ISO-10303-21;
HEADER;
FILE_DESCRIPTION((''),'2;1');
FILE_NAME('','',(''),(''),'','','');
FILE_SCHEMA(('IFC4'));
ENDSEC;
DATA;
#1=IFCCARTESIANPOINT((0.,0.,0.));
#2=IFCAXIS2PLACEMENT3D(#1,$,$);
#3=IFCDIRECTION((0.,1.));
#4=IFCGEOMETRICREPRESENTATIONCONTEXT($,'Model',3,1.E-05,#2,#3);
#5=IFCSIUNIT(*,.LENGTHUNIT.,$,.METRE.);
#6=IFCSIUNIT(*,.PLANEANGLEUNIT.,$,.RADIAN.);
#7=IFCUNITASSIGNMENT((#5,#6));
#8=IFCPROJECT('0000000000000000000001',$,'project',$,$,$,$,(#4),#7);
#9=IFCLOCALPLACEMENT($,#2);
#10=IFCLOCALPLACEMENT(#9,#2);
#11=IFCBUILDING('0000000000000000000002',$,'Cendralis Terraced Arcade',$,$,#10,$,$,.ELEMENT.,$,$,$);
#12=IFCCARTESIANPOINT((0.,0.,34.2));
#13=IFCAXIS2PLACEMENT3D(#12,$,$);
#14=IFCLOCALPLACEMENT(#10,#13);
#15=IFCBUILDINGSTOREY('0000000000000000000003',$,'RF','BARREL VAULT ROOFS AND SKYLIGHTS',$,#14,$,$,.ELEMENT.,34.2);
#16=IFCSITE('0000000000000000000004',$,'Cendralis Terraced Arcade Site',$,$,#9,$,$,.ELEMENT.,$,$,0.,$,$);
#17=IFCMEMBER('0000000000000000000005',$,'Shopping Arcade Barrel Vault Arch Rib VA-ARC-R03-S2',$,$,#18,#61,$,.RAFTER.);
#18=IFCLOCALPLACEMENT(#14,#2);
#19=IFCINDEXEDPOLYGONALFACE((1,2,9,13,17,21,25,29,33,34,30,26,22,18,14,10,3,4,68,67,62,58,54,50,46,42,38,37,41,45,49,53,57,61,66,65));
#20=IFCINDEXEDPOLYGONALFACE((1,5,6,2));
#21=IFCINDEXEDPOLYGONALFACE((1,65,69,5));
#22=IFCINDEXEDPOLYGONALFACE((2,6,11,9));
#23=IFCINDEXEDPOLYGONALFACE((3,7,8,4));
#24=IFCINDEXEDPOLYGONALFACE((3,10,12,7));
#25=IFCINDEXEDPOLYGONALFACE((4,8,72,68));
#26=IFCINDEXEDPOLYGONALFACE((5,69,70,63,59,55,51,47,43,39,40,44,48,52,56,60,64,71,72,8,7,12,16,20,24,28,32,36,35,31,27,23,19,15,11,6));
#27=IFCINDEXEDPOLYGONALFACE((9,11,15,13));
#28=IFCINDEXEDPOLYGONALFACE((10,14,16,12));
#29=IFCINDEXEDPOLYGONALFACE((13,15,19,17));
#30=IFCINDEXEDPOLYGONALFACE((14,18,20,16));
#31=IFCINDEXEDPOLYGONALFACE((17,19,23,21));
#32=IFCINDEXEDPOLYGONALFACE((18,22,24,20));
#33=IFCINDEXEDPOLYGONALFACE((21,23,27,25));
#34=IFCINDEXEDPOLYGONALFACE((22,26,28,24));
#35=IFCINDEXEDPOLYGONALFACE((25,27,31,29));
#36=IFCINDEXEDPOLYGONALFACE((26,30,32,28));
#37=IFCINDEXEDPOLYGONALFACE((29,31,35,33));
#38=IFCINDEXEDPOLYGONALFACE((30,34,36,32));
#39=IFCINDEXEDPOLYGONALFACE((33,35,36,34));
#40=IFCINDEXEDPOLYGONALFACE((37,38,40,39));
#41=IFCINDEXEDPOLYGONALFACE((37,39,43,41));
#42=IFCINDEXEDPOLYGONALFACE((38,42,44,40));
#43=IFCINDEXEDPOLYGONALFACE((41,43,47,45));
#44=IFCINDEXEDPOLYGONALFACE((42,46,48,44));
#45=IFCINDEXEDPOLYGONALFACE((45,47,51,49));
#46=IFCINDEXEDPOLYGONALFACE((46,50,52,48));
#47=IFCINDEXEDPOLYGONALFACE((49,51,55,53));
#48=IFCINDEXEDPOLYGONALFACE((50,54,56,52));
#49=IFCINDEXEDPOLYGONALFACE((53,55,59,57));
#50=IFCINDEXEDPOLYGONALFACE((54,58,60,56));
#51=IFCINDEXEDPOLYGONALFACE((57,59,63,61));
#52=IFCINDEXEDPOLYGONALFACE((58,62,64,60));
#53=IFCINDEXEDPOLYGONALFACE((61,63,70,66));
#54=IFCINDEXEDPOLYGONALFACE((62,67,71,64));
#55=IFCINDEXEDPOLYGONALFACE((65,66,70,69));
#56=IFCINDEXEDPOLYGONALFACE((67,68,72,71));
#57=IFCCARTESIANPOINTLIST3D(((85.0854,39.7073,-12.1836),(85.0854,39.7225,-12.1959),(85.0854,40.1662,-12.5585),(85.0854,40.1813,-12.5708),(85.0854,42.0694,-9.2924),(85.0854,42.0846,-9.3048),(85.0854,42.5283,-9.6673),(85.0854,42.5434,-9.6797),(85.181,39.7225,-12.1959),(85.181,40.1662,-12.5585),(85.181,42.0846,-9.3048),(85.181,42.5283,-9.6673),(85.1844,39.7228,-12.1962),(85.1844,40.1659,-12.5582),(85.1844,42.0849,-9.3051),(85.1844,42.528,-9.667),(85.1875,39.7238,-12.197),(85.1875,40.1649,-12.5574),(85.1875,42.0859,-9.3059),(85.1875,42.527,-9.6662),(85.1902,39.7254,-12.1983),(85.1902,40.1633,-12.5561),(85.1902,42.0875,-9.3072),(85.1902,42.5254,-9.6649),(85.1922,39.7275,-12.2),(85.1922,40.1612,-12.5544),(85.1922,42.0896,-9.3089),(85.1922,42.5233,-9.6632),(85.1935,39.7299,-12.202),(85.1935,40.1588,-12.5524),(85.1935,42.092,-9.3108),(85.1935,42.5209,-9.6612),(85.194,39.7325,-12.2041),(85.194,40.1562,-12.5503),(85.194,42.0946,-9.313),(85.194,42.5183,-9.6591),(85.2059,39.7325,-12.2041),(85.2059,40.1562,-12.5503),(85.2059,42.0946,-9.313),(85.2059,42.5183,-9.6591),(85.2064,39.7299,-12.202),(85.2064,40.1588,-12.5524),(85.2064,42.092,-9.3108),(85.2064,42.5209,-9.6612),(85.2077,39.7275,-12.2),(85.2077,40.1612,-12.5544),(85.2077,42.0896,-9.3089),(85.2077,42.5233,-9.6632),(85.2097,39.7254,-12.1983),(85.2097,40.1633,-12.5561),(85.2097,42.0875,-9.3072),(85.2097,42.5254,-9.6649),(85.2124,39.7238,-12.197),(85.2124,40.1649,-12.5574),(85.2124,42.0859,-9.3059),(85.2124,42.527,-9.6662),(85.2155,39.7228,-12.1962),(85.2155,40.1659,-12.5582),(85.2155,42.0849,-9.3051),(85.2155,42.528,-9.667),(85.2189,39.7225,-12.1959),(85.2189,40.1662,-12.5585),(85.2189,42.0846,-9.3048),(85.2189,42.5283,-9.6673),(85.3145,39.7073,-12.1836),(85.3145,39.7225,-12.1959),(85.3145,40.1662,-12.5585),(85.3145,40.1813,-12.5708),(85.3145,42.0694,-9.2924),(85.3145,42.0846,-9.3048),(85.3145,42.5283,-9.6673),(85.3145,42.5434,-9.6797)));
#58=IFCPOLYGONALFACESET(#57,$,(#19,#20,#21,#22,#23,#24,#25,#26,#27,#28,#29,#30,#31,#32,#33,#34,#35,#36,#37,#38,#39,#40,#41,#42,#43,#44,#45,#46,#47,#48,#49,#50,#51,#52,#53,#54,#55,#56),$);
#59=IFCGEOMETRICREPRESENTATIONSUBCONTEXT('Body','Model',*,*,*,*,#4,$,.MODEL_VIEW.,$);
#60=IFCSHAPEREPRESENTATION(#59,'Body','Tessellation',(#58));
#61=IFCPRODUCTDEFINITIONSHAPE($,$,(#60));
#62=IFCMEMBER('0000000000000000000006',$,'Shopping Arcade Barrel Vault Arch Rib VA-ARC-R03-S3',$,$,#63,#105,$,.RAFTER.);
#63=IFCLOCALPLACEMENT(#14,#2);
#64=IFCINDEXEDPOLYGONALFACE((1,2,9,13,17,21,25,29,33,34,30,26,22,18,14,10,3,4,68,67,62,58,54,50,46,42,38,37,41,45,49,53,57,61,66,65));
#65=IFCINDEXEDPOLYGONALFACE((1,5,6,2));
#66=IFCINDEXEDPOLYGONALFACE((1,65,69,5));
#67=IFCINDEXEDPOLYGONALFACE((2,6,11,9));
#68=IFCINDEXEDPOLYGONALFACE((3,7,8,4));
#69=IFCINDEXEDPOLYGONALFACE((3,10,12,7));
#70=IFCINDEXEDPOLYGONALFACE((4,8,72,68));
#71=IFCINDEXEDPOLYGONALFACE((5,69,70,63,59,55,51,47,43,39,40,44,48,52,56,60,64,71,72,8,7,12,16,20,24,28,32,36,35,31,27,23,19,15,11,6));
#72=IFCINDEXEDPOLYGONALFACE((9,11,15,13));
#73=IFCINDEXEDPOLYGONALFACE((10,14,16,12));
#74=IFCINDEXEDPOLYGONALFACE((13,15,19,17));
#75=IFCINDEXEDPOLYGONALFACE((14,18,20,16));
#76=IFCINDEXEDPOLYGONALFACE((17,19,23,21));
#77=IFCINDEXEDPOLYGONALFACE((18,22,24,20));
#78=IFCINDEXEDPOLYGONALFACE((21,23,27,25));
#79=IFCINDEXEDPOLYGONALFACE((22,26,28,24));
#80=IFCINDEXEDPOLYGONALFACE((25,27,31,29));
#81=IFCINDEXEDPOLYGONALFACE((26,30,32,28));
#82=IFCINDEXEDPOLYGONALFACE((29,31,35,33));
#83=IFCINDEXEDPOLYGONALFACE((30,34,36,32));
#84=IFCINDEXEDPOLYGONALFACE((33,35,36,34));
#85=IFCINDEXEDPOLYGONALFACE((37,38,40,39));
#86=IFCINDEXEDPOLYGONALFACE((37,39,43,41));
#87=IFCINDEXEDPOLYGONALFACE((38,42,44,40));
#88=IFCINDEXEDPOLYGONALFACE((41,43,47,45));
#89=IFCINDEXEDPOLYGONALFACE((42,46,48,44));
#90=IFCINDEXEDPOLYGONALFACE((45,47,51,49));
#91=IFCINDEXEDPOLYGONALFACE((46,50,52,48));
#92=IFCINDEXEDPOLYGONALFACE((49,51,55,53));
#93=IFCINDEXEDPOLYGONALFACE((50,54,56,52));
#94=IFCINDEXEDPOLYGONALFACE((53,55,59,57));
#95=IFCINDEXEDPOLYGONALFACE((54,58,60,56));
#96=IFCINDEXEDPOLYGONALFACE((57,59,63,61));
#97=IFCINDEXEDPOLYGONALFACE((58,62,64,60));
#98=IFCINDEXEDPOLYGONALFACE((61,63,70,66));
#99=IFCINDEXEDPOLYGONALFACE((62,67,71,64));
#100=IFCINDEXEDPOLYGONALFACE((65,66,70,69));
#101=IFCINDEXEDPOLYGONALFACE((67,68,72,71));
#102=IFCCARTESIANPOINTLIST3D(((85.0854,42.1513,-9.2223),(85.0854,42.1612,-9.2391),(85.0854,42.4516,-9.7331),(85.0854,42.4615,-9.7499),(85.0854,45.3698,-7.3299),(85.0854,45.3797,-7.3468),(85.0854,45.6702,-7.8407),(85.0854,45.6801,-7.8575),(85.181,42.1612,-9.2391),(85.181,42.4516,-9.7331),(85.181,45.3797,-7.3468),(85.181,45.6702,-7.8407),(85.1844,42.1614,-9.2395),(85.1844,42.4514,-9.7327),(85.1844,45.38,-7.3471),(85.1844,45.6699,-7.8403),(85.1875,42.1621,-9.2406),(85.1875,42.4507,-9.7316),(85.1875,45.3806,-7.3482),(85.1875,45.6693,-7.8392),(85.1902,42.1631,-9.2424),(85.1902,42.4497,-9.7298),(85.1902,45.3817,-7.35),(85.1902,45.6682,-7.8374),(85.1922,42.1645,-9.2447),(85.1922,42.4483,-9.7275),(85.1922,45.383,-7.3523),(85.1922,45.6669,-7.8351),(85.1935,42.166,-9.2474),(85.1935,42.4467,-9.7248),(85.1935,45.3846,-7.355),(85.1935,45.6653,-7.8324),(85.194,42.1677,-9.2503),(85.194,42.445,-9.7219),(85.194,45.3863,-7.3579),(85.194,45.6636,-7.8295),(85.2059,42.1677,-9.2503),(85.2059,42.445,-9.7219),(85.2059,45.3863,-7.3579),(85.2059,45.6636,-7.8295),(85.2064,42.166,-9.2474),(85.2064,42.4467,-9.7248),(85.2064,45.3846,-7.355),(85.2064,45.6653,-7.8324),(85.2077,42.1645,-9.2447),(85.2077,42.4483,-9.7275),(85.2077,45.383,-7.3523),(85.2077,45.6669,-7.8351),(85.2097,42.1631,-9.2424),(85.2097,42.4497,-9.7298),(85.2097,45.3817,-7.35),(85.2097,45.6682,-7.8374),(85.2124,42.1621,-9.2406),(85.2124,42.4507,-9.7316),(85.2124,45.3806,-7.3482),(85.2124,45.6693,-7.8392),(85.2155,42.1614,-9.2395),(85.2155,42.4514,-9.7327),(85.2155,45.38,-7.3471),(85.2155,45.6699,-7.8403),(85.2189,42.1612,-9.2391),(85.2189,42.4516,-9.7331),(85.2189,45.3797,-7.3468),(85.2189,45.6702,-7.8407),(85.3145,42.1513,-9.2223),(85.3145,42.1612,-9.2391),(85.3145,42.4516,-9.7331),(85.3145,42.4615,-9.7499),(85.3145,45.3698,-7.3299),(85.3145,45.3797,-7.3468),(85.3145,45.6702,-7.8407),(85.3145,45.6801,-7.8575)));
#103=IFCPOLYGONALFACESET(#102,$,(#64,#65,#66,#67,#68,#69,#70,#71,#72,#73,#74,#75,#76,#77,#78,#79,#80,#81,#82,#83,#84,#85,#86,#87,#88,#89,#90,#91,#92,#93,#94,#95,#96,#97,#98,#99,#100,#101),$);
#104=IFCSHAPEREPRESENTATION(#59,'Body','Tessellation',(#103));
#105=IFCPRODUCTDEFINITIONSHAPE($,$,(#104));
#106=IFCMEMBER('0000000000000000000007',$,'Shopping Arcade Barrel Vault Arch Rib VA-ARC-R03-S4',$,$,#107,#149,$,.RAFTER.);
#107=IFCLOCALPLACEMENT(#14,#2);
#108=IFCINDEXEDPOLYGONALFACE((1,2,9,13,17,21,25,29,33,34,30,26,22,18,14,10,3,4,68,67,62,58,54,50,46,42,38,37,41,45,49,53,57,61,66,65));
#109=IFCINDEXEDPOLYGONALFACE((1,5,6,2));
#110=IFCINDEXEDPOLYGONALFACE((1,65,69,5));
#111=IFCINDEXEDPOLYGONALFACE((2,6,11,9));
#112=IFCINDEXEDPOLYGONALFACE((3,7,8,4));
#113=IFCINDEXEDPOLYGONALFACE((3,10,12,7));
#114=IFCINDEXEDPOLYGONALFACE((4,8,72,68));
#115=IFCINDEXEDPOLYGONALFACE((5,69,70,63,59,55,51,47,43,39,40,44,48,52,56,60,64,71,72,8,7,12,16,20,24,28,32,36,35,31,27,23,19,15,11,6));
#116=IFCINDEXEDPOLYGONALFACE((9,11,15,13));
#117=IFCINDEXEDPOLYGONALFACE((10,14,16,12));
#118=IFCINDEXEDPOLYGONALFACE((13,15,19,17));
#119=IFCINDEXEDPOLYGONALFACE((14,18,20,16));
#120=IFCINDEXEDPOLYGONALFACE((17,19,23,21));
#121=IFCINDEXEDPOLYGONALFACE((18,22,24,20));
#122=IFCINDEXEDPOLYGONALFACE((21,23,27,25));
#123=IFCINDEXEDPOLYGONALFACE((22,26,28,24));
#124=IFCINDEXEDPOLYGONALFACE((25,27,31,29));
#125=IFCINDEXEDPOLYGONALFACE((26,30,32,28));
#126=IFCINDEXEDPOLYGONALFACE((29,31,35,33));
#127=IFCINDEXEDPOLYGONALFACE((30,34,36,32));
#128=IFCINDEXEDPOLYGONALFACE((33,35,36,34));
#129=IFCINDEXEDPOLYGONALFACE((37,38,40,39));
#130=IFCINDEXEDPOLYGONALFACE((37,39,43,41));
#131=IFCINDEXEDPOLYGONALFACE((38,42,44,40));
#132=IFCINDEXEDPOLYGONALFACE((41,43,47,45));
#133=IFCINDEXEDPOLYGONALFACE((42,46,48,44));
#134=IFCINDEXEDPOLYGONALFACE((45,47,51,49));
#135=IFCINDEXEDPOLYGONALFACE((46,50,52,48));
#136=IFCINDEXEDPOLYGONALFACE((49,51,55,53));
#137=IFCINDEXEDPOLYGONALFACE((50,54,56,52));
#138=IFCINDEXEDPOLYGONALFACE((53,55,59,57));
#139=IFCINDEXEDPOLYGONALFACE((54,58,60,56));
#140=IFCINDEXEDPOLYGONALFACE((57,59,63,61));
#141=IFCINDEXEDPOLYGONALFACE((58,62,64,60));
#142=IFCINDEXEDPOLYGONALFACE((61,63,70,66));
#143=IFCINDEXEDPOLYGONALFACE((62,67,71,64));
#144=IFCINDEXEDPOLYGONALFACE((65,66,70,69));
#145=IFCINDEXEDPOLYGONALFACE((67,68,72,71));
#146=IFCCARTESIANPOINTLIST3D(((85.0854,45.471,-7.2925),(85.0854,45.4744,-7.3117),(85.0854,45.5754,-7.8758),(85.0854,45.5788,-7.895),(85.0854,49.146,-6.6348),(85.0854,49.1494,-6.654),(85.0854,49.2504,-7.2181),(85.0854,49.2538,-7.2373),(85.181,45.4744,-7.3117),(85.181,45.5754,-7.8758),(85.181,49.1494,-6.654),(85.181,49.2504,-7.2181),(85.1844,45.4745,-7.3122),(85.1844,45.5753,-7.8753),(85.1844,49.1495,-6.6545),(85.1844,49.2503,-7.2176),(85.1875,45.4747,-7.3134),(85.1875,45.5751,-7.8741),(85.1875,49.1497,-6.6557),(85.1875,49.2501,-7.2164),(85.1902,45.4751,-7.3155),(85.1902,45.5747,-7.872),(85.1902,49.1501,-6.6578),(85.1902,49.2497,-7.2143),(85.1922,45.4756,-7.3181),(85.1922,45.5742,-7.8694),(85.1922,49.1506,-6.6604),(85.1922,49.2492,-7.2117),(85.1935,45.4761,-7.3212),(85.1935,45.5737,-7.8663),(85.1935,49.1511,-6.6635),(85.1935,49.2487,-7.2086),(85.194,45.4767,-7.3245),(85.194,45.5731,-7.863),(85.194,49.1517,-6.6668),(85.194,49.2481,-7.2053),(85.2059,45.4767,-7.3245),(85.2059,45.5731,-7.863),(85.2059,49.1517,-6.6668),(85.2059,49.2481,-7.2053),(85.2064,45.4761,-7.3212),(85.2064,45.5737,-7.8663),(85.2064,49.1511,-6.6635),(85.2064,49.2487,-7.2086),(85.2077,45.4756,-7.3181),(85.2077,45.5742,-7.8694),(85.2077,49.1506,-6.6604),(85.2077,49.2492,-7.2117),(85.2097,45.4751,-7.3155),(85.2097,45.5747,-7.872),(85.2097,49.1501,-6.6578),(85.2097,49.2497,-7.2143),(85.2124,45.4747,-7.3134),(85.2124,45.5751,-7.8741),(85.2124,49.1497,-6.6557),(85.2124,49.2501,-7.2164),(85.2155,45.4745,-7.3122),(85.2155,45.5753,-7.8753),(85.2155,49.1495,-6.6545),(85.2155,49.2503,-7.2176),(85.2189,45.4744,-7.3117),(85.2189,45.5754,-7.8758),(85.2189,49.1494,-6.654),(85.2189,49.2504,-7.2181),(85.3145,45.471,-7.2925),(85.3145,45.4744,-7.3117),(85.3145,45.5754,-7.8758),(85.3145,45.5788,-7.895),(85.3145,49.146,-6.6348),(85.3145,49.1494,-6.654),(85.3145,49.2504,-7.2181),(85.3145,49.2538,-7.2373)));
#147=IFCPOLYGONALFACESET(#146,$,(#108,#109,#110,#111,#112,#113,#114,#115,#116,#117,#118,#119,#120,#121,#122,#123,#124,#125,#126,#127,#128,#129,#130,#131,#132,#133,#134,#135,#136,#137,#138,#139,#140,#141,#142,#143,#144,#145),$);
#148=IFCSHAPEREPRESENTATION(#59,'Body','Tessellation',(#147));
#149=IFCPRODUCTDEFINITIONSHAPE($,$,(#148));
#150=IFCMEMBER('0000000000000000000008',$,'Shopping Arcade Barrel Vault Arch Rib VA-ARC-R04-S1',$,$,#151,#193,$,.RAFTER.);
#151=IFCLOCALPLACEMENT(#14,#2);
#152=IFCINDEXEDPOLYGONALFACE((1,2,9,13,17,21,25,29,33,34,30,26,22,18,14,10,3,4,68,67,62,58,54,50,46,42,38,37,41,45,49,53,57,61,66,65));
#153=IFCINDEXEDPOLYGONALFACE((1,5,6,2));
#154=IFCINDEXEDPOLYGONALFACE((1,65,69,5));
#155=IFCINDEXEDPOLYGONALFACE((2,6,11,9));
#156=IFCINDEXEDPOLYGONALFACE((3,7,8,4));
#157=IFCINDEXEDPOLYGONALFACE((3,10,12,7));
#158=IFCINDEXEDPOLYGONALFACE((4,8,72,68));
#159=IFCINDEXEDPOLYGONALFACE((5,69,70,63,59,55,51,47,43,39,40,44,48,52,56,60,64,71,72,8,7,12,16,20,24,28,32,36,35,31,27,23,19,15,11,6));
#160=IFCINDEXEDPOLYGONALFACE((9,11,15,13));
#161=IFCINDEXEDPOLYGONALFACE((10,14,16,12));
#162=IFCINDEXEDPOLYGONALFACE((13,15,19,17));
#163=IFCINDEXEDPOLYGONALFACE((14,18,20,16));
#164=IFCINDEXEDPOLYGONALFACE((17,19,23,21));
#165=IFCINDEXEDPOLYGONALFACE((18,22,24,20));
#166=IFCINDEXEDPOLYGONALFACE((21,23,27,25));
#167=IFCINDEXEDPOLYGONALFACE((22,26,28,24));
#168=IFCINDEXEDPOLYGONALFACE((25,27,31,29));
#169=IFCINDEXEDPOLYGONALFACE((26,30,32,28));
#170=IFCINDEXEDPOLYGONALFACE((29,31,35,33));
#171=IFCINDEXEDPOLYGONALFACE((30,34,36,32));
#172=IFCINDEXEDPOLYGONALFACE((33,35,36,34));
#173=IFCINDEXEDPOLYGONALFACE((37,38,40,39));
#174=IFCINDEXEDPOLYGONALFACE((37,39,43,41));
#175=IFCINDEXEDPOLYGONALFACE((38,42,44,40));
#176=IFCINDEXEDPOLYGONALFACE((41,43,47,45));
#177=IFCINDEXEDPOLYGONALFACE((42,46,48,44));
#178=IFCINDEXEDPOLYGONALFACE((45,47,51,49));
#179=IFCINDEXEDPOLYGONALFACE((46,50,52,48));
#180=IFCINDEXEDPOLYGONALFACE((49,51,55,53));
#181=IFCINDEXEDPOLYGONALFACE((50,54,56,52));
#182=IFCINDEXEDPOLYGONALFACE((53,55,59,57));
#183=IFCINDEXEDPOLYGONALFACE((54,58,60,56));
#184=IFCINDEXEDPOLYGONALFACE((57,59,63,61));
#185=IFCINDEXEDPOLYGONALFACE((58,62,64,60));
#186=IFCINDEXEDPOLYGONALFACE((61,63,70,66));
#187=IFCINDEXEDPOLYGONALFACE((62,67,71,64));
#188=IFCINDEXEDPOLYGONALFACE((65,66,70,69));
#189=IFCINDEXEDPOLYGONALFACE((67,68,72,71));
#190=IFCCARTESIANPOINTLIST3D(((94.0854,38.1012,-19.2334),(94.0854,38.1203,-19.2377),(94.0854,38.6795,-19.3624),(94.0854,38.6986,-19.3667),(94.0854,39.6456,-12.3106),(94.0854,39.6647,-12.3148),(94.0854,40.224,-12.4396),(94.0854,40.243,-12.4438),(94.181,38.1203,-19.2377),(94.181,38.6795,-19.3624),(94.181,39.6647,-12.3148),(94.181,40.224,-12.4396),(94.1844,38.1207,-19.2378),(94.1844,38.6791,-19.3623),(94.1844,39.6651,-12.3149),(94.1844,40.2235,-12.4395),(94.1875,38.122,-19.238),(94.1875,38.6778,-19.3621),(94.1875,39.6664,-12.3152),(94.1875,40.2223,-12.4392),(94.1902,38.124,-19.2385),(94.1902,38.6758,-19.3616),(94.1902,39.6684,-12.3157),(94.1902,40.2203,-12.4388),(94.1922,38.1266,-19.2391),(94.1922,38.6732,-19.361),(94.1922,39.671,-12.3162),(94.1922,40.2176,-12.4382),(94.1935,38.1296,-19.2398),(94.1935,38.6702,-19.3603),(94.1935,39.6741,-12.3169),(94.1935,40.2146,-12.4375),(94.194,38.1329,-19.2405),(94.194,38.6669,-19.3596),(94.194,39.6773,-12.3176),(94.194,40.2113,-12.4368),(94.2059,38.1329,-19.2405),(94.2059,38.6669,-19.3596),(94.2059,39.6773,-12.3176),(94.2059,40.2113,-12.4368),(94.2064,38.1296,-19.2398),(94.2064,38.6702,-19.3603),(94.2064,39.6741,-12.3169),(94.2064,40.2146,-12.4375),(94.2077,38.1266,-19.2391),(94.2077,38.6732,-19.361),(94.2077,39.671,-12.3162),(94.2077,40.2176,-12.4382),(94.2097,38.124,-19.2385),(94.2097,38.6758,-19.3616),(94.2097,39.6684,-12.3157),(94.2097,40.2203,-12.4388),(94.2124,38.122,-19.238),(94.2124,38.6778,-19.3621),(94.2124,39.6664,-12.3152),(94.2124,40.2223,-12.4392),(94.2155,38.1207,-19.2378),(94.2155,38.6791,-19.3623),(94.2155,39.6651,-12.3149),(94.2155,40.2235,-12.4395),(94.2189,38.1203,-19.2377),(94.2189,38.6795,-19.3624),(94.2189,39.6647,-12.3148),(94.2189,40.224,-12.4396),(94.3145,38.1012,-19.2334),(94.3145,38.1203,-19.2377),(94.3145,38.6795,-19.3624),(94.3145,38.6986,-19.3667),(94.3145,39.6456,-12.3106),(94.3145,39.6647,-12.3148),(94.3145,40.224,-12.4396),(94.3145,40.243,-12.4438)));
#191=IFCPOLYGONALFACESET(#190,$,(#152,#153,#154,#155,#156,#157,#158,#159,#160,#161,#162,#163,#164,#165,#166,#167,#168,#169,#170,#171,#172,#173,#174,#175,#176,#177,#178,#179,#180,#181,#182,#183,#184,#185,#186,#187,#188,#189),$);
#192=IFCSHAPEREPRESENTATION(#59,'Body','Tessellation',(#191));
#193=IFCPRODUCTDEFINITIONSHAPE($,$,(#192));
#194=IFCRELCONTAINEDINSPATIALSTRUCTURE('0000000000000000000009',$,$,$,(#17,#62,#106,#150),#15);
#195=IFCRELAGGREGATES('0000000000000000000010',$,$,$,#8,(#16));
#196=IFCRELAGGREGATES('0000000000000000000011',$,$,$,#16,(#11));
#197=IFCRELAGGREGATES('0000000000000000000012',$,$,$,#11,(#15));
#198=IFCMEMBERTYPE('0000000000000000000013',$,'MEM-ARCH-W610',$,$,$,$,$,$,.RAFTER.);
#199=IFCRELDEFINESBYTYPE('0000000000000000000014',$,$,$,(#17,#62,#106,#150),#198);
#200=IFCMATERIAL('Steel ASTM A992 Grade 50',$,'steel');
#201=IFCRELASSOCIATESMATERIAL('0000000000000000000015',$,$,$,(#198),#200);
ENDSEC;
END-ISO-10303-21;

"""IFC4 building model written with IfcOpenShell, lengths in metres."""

from ifc_helpers import new_model, si_unit, direction, frame, origin, origin_2d, place, context, subcontext, project, spatial, i_section, extrude, material, material_profile, profile_set, type_object, element, save


model = new_model("IFC4")

# Units and contexts
model_context = context("Model", 3, precision=1e-05, world=origin(), true_north=direction((0.0, 1.0)))
body_context = subcontext(model_context, "Body", "Model", "MODEL_VIEW")
ifc_project = project(units=[si_unit("LENGTHUNIT", "METRE"), si_unit("PLANEANGLEUNIT", "RADIAN")], contexts=[model_context])

# Site, building, storey
site_placement = place(None, origin())
site = spatial("IfcSite", under=ifc_project, at=site_placement, Name="Cendralis Terraced Arcade Site", CompositionType="ELEMENT", RefElevation=0.0)
building_placement = place(site_placement, origin())
building = spatial("IfcBuilding", under=site, at=building_placement, Name="Cendralis Terraced Arcade", CompositionType="ELEMENT")
storey_placement = place(building_placement, frame((0.0, 0.0, 34.2)))
storey = spatial("IfcBuildingStorey", under=building, at=storey_placement, Name="RF", Description="BARREL VAULT ROOFS AND SKYLIGHTS", CompositionType="ELEMENT", Elevation=34.2)

# Members
ifc_material_1 = material(Name="Steel ASTM A992 Grade 50", Category="steel")
ifc_material_profile_1 = material_profile(ifc_material_1, i_section(OverallWidth=0.229, OverallDepth=0.6121, WebThickness=0.012, FlangeThickness=0.0195, FilletRadius=0.0129, at=origin_2d()), Name="W610X125", Category="LoadBearing")
ifc_profile_set_1 = profile_set([ifc_material_profile_1], Name="Steel ASTM A992 Grade 50")
member_type_1 = type_object("IfcMemberType", Name="MEM-ARCH-W610", PredefinedType="RAFTER", material=ifc_profile_set_1)
for number, where, z_axis, x_axis, name in (
    (1, (85.2, 39.9443, -12.3772), (0.0, 0.632693, 0.774403), (-1.0, 0.0, 0.0), "Shopping Arcade Barrel Vault Arch Rib VA-ARC-R03-S2"),
):
    element("IfcMember", number, at=place(storey_placement, frame(where, z_axis=z_axis, x_axis=x_axis)), inside=storey, type_object=member_type_1, Name=name, PredefinedType="RAFTER", context=body_context, shape_type="SweptSolid", body=[
        extrude(i_section(OverallWidth=0.229, OverallDepth=0.6121, WebThickness=0.012, FlangeThickness=0.0195, FilletRadius=0.0129, at=origin_2d()), origin(), (0.0, 0.0, 1.0), 3.7334),
    ])
member_1_placement = place(storey_placement, frame((85.2, 42.3064, -9.4861), z_axis=(0.0, 0.86204, 0.50684), x_axis=(-1.0, 0.0, 0.0)))
element("IfcMember", 2, at=member_1_placement, inside=storey, type_object=member_type_1, Name="Shopping Arcade Barrel Vault Arch Rib VA-ARC-R03-S3", PredefinedType="RAFTER", context=body_context, shape_type="SweptSolid", body=[
    extrude(i_section(OverallWidth=0.229, OverallDepth=0.6121, WebThickness=0.012, FlangeThickness=0.0195, FilletRadius=0.0129, at=origin_2d()), origin(), (0.0, 0.0, 1.0), 3.7336),
])
member_2_placement = place(storey_placement, frame((85.2, 45.5249, -7.5938), z_axis=(0.0, 0.98436, 0.176169), x_axis=(-1.0, 0.0, 0.0)))
element("IfcMember", 3, at=member_2_placement, inside=storey, type_object=member_type_1, Name="Shopping Arcade Barrel Vault Arch Rib VA-ARC-R03-S4", PredefinedType="RAFTER", context=body_context, shape_type="SweptSolid", body=[
    extrude(i_section(OverallWidth=0.229, OverallDepth=0.6121, WebThickness=0.012, FlangeThickness=0.0195, FilletRadius=0.0129, at=origin_2d()), origin(), (0.0, 0.0, 1.0), 3.7334),
])
member_3_placement = place(storey_placement, frame((94.2, 38.3999, -19.3), z_axis=(0.0, 0.217739, 0.976007), x_axis=(-1.0, 0.0, 0.0)))
element("IfcMember", 4, at=member_3_placement, inside=storey, type_object=member_type_1, Name="Shopping Arcade Barrel Vault Arch Rib VA-ARC-R04-S1", PredefinedType="RAFTER", context=body_context, shape_type="SweptSolid", body=[
    extrude(i_section(OverallWidth=0.229, OverallDepth=0.6121, WebThickness=0.012, FlangeThickness=0.0195, FilletRadius=0.0129, at=origin_2d()), origin(), (0.0, 0.0, 1.0), 7.093),
])

save(model, "model.ifc")
